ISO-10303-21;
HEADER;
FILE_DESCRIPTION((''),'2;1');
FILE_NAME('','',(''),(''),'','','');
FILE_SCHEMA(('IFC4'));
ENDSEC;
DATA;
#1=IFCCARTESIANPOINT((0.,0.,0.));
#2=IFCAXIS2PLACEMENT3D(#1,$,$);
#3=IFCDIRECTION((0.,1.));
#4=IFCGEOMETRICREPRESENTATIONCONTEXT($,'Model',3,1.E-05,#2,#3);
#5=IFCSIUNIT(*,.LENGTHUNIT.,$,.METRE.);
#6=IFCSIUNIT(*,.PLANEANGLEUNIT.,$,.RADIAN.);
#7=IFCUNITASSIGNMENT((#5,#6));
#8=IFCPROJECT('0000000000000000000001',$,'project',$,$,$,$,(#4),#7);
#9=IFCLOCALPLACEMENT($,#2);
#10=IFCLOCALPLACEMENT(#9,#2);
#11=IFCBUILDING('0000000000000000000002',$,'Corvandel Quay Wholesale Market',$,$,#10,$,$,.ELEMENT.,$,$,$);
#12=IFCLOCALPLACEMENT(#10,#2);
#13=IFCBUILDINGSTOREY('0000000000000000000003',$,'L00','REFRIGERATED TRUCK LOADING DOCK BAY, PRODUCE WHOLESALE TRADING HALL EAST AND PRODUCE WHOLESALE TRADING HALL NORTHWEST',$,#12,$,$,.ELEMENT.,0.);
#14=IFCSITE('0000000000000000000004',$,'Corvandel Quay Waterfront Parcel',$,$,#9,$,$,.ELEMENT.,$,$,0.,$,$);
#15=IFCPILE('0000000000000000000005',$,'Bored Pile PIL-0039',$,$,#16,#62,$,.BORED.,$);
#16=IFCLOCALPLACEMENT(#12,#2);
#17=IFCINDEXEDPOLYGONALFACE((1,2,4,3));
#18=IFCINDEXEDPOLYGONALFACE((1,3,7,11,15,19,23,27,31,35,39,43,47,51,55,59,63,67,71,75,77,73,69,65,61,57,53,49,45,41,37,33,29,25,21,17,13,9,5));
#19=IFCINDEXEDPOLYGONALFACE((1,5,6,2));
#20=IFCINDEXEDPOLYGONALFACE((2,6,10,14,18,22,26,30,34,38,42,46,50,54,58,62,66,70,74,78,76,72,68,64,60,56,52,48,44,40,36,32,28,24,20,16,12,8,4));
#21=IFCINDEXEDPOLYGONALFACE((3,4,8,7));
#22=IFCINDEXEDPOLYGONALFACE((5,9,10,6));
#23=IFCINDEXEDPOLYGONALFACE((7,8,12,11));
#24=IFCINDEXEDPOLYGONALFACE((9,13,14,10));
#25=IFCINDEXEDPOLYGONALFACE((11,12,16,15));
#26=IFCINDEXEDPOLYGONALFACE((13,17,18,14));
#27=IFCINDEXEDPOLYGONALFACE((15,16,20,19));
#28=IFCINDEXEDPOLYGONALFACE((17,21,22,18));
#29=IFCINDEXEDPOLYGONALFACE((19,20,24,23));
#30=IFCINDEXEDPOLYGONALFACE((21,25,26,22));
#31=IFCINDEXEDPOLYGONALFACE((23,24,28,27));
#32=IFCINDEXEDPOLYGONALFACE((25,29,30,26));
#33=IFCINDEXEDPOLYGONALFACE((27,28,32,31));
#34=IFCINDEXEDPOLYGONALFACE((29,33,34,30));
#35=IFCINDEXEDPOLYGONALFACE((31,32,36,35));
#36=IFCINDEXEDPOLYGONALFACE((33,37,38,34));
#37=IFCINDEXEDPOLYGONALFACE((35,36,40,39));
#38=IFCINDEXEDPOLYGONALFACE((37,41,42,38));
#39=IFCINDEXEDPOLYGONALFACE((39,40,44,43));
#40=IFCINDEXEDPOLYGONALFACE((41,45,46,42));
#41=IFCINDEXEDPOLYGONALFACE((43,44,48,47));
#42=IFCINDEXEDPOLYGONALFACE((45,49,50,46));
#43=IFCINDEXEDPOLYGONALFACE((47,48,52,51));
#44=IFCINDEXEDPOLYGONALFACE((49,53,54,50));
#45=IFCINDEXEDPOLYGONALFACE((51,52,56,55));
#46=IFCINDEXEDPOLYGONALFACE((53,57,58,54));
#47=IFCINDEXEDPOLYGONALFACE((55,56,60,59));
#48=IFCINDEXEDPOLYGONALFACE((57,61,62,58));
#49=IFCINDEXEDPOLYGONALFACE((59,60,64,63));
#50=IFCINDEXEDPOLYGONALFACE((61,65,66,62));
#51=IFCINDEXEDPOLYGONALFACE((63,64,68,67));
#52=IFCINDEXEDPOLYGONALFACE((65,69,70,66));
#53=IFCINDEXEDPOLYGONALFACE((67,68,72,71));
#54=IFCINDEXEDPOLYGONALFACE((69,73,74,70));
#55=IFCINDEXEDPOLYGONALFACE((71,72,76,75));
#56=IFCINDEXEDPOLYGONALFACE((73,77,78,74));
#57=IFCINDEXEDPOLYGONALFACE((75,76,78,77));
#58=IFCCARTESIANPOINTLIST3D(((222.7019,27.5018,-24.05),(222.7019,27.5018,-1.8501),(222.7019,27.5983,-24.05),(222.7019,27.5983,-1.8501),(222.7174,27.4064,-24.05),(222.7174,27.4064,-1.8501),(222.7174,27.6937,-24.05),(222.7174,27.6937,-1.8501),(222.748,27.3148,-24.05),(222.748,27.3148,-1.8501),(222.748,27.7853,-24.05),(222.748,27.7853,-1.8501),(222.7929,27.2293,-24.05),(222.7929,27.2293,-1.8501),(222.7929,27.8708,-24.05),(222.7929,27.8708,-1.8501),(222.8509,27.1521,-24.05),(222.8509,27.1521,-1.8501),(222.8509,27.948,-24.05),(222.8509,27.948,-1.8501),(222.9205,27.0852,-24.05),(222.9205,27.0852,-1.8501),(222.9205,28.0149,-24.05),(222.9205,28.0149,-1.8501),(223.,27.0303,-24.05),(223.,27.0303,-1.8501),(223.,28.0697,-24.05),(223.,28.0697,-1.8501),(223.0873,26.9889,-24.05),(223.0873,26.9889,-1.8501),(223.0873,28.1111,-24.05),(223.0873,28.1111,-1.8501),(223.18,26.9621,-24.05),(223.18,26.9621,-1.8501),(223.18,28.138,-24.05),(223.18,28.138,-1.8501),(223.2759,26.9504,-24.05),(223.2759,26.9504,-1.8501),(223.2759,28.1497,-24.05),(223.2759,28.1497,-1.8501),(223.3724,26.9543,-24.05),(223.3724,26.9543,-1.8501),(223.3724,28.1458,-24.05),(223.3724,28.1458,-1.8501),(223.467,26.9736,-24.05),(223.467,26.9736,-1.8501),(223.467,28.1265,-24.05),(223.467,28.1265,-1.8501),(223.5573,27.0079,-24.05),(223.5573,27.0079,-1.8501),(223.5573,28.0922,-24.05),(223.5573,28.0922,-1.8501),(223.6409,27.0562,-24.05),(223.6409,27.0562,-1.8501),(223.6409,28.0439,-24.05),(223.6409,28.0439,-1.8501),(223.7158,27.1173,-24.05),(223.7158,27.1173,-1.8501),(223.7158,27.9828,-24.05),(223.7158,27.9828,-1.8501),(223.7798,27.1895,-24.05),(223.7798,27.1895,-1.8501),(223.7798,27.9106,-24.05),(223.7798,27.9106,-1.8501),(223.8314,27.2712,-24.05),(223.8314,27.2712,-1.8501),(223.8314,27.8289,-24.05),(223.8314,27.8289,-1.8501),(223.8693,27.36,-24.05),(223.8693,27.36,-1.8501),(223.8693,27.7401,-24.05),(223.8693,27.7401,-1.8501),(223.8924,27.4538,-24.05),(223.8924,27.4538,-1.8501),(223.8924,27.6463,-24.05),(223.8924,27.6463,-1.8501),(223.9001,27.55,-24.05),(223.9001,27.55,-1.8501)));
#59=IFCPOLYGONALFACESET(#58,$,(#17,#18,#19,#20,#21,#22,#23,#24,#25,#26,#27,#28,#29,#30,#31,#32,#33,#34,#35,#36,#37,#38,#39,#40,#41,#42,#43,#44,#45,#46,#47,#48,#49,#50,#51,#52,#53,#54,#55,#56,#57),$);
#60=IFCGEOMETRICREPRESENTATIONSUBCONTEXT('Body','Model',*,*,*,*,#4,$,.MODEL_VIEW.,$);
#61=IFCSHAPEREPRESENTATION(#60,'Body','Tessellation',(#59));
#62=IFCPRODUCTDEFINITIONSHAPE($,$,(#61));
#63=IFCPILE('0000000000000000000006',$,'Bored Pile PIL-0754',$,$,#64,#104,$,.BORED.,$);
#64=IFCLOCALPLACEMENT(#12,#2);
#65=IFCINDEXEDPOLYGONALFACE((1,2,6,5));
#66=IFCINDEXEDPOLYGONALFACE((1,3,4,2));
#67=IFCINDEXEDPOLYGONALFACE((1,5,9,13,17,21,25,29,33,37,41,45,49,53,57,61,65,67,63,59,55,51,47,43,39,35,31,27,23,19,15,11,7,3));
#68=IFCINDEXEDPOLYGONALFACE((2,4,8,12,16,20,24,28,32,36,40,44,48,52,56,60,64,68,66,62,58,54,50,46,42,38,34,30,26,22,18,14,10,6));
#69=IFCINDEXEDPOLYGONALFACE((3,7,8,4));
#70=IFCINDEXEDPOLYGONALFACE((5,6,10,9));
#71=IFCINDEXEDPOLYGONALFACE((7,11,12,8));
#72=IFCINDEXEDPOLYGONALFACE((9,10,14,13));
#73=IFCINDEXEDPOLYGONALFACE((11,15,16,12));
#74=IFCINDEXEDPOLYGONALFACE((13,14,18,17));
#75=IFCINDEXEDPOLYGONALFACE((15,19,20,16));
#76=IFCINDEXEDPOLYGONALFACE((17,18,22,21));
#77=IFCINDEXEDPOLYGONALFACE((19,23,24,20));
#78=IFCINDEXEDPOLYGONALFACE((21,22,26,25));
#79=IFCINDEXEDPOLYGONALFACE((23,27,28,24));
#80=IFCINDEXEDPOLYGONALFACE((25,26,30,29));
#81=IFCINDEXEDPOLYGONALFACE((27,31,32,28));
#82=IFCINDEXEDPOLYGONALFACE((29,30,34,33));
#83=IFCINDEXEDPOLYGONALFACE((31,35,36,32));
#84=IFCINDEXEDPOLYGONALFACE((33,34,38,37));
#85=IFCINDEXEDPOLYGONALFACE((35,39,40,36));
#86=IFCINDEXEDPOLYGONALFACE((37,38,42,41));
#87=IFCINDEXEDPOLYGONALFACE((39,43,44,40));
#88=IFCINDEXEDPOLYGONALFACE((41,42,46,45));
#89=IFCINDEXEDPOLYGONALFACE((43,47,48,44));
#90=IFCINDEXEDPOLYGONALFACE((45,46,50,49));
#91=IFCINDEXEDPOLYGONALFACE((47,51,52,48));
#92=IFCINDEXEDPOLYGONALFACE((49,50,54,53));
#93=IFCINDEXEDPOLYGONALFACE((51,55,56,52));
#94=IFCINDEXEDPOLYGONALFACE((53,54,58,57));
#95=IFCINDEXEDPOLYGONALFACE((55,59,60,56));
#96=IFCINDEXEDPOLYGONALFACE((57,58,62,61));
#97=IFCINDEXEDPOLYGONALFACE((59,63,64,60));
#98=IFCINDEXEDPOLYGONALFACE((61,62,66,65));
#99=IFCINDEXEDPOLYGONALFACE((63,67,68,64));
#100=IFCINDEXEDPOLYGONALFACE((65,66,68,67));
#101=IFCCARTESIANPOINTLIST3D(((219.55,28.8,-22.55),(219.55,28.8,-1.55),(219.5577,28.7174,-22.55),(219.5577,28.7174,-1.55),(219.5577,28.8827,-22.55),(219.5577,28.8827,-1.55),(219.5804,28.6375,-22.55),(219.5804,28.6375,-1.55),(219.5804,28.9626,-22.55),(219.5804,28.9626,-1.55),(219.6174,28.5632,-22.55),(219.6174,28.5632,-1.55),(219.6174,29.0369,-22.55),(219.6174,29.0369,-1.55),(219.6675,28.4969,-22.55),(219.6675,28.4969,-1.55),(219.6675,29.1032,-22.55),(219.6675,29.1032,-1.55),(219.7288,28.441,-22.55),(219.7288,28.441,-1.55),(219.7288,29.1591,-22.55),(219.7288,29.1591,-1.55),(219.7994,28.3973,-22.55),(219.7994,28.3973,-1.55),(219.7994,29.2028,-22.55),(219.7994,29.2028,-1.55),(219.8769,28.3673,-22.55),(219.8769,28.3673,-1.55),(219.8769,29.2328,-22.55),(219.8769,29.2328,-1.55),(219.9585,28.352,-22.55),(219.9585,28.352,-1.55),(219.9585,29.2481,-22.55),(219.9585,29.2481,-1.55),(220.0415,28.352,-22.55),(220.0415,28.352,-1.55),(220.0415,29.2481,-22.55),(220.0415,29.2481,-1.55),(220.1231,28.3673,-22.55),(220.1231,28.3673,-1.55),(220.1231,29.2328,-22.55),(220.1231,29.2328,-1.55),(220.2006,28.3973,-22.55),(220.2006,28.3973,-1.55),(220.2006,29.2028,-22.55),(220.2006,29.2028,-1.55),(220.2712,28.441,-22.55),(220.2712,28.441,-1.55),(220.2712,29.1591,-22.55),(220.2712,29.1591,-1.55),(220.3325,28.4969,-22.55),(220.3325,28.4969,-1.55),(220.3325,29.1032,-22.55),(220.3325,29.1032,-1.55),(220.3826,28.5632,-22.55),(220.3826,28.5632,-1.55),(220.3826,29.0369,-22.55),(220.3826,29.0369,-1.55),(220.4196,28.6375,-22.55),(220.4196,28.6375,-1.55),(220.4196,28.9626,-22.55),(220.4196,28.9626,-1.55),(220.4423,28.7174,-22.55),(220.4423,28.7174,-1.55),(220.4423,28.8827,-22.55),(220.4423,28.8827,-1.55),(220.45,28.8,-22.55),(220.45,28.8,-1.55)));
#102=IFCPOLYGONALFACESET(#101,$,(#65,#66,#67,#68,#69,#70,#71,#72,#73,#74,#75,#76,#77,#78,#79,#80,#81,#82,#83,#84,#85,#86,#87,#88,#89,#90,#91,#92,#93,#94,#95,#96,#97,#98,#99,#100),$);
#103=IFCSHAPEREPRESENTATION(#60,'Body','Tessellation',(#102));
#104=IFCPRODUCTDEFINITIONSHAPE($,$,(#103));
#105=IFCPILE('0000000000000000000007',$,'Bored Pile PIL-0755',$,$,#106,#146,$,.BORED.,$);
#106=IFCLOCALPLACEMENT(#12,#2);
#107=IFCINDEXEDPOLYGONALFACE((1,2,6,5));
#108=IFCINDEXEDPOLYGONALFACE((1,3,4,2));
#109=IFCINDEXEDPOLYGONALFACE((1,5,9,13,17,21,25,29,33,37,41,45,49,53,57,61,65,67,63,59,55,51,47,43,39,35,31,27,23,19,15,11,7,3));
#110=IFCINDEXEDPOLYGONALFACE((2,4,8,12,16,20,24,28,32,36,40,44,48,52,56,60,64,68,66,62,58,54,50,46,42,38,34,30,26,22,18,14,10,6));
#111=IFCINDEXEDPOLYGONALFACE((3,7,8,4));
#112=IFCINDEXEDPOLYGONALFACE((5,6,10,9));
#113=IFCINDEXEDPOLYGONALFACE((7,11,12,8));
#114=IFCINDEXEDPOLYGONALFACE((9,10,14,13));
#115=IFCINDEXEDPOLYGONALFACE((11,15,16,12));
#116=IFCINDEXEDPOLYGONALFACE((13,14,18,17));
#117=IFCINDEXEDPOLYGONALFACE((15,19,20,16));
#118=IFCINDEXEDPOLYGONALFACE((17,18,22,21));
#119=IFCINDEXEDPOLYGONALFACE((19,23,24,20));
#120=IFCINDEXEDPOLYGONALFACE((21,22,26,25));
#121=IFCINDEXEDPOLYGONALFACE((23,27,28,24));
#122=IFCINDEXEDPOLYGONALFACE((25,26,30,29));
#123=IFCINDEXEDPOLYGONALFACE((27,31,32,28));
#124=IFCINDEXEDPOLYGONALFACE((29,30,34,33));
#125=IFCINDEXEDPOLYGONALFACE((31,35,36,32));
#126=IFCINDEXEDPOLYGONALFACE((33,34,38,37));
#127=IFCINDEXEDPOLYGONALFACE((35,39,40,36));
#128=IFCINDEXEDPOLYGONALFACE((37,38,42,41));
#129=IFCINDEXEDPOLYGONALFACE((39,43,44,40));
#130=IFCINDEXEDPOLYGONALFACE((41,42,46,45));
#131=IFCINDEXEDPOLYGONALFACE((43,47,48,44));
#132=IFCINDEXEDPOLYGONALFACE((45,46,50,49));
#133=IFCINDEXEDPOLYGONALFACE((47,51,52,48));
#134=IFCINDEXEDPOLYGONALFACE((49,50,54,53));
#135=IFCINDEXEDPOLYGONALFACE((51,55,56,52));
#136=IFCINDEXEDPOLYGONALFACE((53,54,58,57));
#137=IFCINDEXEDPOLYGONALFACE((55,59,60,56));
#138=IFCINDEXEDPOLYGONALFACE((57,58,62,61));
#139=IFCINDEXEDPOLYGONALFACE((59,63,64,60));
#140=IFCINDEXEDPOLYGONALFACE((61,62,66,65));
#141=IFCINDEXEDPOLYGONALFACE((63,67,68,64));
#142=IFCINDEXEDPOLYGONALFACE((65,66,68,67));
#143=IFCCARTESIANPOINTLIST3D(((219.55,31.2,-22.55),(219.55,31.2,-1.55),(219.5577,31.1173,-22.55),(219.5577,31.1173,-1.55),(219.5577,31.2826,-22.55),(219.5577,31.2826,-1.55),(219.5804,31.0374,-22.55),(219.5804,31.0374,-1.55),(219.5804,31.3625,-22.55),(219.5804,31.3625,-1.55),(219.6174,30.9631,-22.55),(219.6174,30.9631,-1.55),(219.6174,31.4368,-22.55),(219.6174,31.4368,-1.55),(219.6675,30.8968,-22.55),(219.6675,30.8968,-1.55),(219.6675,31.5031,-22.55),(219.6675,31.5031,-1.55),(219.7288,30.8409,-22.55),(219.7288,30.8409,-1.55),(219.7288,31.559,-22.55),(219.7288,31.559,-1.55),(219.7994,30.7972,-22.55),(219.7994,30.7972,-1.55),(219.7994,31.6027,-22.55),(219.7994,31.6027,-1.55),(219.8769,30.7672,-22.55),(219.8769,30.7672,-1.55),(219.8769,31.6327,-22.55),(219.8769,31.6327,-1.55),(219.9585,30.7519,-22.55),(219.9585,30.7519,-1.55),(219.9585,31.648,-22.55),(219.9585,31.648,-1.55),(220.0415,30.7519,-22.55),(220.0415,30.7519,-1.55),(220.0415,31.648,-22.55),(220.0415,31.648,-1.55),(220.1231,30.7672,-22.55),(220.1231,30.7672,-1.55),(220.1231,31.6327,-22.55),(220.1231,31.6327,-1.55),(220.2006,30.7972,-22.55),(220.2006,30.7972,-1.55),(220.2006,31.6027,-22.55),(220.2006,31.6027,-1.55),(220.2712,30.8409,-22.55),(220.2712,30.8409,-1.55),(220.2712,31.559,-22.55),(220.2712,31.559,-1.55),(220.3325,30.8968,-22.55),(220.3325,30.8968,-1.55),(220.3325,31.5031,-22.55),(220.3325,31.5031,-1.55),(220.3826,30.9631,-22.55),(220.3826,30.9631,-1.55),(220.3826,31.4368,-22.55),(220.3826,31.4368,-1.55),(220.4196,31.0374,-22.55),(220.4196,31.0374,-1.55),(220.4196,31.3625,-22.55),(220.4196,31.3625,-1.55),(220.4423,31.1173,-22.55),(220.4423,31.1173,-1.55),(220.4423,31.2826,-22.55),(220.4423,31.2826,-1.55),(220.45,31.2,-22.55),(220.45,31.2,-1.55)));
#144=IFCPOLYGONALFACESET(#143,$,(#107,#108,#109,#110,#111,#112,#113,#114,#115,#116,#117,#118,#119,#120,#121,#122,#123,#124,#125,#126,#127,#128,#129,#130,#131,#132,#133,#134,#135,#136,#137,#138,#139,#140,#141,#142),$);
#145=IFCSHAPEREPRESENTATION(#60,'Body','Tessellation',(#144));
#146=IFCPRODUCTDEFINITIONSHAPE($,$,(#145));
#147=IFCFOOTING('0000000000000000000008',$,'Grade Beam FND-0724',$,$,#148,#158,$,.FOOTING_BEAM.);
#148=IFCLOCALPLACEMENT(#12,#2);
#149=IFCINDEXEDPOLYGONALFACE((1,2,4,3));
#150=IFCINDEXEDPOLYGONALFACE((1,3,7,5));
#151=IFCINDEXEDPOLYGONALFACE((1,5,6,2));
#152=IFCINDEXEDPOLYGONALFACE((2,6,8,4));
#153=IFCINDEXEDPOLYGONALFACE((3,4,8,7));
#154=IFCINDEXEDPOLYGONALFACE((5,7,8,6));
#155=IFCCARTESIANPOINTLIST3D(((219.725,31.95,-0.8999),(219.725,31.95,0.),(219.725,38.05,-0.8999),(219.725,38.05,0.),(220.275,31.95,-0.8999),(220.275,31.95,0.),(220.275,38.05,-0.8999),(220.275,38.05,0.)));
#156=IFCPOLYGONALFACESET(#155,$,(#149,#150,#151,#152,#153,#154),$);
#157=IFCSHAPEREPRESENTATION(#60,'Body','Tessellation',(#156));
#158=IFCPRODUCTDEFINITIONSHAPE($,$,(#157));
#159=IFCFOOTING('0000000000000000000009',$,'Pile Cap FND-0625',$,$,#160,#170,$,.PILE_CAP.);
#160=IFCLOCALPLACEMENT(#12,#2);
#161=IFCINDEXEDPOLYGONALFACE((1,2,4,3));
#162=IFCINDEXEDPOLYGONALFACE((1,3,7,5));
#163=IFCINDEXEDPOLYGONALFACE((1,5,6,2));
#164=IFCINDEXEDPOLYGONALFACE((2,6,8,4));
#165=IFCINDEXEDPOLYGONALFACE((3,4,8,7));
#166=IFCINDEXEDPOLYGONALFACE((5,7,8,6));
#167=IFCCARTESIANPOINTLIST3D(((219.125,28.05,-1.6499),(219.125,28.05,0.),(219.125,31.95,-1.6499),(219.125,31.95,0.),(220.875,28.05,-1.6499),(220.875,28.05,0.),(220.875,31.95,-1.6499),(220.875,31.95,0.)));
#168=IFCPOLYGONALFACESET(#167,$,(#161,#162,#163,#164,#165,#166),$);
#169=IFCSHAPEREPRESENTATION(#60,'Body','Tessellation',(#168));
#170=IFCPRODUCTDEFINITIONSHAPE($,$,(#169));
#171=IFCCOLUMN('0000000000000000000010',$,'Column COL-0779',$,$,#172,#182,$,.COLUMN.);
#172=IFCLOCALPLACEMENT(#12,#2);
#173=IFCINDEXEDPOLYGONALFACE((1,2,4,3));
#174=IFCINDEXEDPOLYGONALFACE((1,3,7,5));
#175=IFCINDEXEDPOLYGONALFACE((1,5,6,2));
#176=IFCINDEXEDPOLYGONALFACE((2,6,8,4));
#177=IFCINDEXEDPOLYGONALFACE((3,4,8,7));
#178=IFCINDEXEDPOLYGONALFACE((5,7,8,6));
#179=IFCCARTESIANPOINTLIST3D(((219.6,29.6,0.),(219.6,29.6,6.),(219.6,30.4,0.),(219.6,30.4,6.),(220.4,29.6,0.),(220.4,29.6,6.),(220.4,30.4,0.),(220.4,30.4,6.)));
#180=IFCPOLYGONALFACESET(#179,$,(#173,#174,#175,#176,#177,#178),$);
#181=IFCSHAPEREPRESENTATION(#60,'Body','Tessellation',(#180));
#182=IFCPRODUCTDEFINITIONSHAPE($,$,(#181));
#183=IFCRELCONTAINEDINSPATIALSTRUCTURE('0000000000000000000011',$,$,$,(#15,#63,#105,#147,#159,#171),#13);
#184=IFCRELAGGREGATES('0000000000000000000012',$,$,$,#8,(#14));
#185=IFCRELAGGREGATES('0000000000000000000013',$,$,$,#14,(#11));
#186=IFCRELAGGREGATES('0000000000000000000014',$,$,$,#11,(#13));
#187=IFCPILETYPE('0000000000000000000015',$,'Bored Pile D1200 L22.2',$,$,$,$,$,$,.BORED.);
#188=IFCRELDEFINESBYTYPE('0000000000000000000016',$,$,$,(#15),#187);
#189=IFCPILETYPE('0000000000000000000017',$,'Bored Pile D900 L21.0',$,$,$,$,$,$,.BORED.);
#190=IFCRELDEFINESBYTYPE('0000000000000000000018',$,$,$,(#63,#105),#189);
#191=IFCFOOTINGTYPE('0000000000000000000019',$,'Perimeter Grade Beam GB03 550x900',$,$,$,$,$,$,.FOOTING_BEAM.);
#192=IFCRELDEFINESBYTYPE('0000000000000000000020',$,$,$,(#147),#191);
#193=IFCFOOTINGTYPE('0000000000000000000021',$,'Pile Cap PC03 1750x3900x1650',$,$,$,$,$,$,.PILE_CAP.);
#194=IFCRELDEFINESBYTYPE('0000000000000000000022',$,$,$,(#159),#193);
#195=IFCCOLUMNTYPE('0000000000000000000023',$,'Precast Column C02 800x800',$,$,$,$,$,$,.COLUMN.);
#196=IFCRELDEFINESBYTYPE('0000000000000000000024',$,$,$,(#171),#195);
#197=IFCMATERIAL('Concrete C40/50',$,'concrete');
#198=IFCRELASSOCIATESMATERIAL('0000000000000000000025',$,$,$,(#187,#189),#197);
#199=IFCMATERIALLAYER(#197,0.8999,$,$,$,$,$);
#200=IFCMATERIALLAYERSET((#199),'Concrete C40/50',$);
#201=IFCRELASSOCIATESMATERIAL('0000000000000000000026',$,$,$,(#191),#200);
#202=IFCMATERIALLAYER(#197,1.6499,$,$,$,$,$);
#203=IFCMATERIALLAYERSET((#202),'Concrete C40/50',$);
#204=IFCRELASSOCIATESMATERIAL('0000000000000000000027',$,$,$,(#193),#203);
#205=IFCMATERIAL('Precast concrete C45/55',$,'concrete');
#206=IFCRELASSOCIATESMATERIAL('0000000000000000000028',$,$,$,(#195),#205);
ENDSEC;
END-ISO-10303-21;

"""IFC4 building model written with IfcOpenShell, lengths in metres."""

from ifc_helpers import new_model, si_unit, direction, frame, origin, origin_2d, place, context, subcontext, project, spatial, rectangle, circle, extrude, material, layer, layer_set, material_profile, profile_set, type_object, element, save


model = new_model("IFC4")

# Units and contexts
model_context = context("Model", 3, precision=1e-05, world=origin(), true_north=direction((0.0, 1.0)))
body_context = subcontext(model_context, "Body", "Model", "MODEL_VIEW")
ifc_project = project(units=[si_unit("LENGTHUNIT", "METRE"), si_unit("PLANEANGLEUNIT", "RADIAN")], contexts=[model_context])

# Site, building, storey
site_placement = place(None, origin())
site = spatial("IfcSite", under=ifc_project, at=site_placement, Name="Corvandel Quay Waterfront Parcel", CompositionType="ELEMENT", RefElevation=0.0)
building_placement = place(site_placement, origin())
building = spatial("IfcBuilding", under=site, at=building_placement, Name="Corvandel Quay Wholesale Market", CompositionType="ELEMENT")
storey_placement = place(building_placement, origin())
storey = spatial("IfcBuildingStorey", under=building, at=storey_placement, Name="L00", Description="REFRIGERATED TRUCK LOADING DOCK BAY, PRODUCE WHOLESALE TRADING HALL EAST AND PRODUCE WHOLESALE TRADING HALL NORTHWEST", CompositionType="ELEMENT", Elevation=0.0)

# Piles
ifc_material_1 = material(Name="Concrete C40/50", Category="concrete")
ifc_material_profile_1 = material_profile(ifc_material_1, circle(Radius=0.6001, at=origin_2d()), Name="RC-PILE-D1200")
ifc_profile_set_1 = profile_set([ifc_material_profile_1], Name="Concrete C40/50")
pile_type_1 = type_object("IfcPileType", Name="Bored Pile D1200 L22.2", PredefinedType="BORED", material=ifc_profile_set_1)
pile_placement = place(storey_placement, frame((223.3, 27.55, -1.8501), z_axis=(0.0, 0.0, -1.0), x_axis=(1.0, 0.0, 0.0)))
element("IfcPile", 1, at=pile_placement, inside=storey, type_object=pile_type_1, Name="Bored Pile PIL-0039", PredefinedType="BORED", context=body_context, shape_type="SweptSolid", body=[
    extrude(circle(Radius=0.6001, at=origin_2d()), origin(), (0.0, 0.0, 1.0), 22.2),
])
ifc_material_profile_2 = material_profile(ifc_material_1, circle(Radius=0.45, at=origin_2d()), Name="RC-PILE-D900")
ifc_profile_set_2 = profile_set([ifc_material_profile_2], Name="Concrete C40/50")
pile_type_2 = type_object("IfcPileType", Name="Bored Pile D900 L21.0", PredefinedType="BORED", material=ifc_profile_set_2)
for number, where, z_axis, x_axis, name in (
    (2, (220.0, 28.8, -1.55), (0.0, 0.0, -1.0), (1.0, 0.0, 0.0), "Bored Pile PIL-0754"),
    (3, (220.0, 31.2, -1.55), (0.0, 0.0, -1.0), (1.0, 0.0, 0.0), "Bored Pile PIL-0755"),
):
    element("IfcPile", number, at=place(storey_placement, frame(where, z_axis=z_axis, x_axis=x_axis)), inside=storey, type_object=pile_type_2, Name=name, PredefinedType="BORED", context=body_context, shape_type="SweptSolid", body=[
        extrude(circle(Radius=0.45, at=origin_2d()), origin(), (0.0, 0.0, 1.0), 21.0),
    ])

# Footings
ifc_layer_1 = layer(ifc_material_1, 0.8999)
ifc_layer_set_1 = layer_set([ifc_layer_1], Name="Concrete C40/50")
footing_type_1 = type_object("IfcFootingType", Name="Perimeter Grade Beam GB03 550x900", PredefinedType="FOOTING_BEAM", material=ifc_layer_set_1)
footing_1_placement = place(storey_placement, frame((220.0, 35.0, -0.8999), z_axis=(0.0, 0.0, 1.0), x_axis=(0.0, 1.0, 0.0)))
element("IfcFooting", 4, at=footing_1_placement, inside=storey, type_object=footing_type_1, Name="Grade Beam FND-0724", PredefinedType="FOOTING_BEAM", context=body_context, shape_type="SweptSolid", body=[
    extrude(rectangle(XDim=6.1001, YDim=0.55, at=origin_2d()), origin(), (0.0, 0.0, 1.0), 0.8999),
])
ifc_layer_2 = layer(ifc_material_1, 1.6499)
ifc_layer_set_2 = layer_set([ifc_layer_2], Name="Concrete C40/50")
footing_type_2 = type_object("IfcFootingType", Name="Pile Cap PC03 1750x3900x1650", PredefinedType="PILE_CAP", material=ifc_layer_set_2)
footing_2_placement = place(storey_placement, frame((220.0, 30.0, -1.6499), z_axis=(0.0, 0.0, 1.0), x_axis=(1.0, 0.0, 0.0)))
element("IfcFooting", 5, at=footing_2_placement, inside=storey, type_object=footing_type_2, Name="Pile Cap FND-0625", PredefinedType="PILE_CAP", context=body_context, shape_type="SweptSolid", body=[
    extrude(rectangle(XDim=1.75, YDim=3.8999, at=origin_2d()), origin(), (0.0, 0.0, 1.0), 1.6499),
])

# Column
ifc_material_2 = material(Name="Precast concrete C45/55", Category="concrete")
ifc_material_profile_3 = material_profile(ifc_material_2, rectangle(XDim=0.8, YDim=0.8, at=origin_2d()), Name="PC-COL-800x800")
ifc_profile_set_3 = profile_set([ifc_material_profile_3], Name="Precast concrete C45/55")
column_type = type_object("IfcColumnType", Name="Precast Column C02 800x800", PredefinedType="COLUMN", material=ifc_profile_set_3)
column_placement = place(storey_placement, frame((220.0, 30.0, 0.0), z_axis=(0.0, 0.0, 1.0), x_axis=(1.0, 0.0, 0.0)))
element("IfcColumn", 6, at=column_placement, inside=storey, type_object=column_type, Name="Column COL-0779", PredefinedType="COLUMN", context=body_context, shape_type="SweptSolid", body=[
    extrude(rectangle(XDim=0.8, YDim=0.8, at=origin_2d()), origin(), (0.0, 0.0, 1.0), 6.0),
])

save(model, "model.ifc")
